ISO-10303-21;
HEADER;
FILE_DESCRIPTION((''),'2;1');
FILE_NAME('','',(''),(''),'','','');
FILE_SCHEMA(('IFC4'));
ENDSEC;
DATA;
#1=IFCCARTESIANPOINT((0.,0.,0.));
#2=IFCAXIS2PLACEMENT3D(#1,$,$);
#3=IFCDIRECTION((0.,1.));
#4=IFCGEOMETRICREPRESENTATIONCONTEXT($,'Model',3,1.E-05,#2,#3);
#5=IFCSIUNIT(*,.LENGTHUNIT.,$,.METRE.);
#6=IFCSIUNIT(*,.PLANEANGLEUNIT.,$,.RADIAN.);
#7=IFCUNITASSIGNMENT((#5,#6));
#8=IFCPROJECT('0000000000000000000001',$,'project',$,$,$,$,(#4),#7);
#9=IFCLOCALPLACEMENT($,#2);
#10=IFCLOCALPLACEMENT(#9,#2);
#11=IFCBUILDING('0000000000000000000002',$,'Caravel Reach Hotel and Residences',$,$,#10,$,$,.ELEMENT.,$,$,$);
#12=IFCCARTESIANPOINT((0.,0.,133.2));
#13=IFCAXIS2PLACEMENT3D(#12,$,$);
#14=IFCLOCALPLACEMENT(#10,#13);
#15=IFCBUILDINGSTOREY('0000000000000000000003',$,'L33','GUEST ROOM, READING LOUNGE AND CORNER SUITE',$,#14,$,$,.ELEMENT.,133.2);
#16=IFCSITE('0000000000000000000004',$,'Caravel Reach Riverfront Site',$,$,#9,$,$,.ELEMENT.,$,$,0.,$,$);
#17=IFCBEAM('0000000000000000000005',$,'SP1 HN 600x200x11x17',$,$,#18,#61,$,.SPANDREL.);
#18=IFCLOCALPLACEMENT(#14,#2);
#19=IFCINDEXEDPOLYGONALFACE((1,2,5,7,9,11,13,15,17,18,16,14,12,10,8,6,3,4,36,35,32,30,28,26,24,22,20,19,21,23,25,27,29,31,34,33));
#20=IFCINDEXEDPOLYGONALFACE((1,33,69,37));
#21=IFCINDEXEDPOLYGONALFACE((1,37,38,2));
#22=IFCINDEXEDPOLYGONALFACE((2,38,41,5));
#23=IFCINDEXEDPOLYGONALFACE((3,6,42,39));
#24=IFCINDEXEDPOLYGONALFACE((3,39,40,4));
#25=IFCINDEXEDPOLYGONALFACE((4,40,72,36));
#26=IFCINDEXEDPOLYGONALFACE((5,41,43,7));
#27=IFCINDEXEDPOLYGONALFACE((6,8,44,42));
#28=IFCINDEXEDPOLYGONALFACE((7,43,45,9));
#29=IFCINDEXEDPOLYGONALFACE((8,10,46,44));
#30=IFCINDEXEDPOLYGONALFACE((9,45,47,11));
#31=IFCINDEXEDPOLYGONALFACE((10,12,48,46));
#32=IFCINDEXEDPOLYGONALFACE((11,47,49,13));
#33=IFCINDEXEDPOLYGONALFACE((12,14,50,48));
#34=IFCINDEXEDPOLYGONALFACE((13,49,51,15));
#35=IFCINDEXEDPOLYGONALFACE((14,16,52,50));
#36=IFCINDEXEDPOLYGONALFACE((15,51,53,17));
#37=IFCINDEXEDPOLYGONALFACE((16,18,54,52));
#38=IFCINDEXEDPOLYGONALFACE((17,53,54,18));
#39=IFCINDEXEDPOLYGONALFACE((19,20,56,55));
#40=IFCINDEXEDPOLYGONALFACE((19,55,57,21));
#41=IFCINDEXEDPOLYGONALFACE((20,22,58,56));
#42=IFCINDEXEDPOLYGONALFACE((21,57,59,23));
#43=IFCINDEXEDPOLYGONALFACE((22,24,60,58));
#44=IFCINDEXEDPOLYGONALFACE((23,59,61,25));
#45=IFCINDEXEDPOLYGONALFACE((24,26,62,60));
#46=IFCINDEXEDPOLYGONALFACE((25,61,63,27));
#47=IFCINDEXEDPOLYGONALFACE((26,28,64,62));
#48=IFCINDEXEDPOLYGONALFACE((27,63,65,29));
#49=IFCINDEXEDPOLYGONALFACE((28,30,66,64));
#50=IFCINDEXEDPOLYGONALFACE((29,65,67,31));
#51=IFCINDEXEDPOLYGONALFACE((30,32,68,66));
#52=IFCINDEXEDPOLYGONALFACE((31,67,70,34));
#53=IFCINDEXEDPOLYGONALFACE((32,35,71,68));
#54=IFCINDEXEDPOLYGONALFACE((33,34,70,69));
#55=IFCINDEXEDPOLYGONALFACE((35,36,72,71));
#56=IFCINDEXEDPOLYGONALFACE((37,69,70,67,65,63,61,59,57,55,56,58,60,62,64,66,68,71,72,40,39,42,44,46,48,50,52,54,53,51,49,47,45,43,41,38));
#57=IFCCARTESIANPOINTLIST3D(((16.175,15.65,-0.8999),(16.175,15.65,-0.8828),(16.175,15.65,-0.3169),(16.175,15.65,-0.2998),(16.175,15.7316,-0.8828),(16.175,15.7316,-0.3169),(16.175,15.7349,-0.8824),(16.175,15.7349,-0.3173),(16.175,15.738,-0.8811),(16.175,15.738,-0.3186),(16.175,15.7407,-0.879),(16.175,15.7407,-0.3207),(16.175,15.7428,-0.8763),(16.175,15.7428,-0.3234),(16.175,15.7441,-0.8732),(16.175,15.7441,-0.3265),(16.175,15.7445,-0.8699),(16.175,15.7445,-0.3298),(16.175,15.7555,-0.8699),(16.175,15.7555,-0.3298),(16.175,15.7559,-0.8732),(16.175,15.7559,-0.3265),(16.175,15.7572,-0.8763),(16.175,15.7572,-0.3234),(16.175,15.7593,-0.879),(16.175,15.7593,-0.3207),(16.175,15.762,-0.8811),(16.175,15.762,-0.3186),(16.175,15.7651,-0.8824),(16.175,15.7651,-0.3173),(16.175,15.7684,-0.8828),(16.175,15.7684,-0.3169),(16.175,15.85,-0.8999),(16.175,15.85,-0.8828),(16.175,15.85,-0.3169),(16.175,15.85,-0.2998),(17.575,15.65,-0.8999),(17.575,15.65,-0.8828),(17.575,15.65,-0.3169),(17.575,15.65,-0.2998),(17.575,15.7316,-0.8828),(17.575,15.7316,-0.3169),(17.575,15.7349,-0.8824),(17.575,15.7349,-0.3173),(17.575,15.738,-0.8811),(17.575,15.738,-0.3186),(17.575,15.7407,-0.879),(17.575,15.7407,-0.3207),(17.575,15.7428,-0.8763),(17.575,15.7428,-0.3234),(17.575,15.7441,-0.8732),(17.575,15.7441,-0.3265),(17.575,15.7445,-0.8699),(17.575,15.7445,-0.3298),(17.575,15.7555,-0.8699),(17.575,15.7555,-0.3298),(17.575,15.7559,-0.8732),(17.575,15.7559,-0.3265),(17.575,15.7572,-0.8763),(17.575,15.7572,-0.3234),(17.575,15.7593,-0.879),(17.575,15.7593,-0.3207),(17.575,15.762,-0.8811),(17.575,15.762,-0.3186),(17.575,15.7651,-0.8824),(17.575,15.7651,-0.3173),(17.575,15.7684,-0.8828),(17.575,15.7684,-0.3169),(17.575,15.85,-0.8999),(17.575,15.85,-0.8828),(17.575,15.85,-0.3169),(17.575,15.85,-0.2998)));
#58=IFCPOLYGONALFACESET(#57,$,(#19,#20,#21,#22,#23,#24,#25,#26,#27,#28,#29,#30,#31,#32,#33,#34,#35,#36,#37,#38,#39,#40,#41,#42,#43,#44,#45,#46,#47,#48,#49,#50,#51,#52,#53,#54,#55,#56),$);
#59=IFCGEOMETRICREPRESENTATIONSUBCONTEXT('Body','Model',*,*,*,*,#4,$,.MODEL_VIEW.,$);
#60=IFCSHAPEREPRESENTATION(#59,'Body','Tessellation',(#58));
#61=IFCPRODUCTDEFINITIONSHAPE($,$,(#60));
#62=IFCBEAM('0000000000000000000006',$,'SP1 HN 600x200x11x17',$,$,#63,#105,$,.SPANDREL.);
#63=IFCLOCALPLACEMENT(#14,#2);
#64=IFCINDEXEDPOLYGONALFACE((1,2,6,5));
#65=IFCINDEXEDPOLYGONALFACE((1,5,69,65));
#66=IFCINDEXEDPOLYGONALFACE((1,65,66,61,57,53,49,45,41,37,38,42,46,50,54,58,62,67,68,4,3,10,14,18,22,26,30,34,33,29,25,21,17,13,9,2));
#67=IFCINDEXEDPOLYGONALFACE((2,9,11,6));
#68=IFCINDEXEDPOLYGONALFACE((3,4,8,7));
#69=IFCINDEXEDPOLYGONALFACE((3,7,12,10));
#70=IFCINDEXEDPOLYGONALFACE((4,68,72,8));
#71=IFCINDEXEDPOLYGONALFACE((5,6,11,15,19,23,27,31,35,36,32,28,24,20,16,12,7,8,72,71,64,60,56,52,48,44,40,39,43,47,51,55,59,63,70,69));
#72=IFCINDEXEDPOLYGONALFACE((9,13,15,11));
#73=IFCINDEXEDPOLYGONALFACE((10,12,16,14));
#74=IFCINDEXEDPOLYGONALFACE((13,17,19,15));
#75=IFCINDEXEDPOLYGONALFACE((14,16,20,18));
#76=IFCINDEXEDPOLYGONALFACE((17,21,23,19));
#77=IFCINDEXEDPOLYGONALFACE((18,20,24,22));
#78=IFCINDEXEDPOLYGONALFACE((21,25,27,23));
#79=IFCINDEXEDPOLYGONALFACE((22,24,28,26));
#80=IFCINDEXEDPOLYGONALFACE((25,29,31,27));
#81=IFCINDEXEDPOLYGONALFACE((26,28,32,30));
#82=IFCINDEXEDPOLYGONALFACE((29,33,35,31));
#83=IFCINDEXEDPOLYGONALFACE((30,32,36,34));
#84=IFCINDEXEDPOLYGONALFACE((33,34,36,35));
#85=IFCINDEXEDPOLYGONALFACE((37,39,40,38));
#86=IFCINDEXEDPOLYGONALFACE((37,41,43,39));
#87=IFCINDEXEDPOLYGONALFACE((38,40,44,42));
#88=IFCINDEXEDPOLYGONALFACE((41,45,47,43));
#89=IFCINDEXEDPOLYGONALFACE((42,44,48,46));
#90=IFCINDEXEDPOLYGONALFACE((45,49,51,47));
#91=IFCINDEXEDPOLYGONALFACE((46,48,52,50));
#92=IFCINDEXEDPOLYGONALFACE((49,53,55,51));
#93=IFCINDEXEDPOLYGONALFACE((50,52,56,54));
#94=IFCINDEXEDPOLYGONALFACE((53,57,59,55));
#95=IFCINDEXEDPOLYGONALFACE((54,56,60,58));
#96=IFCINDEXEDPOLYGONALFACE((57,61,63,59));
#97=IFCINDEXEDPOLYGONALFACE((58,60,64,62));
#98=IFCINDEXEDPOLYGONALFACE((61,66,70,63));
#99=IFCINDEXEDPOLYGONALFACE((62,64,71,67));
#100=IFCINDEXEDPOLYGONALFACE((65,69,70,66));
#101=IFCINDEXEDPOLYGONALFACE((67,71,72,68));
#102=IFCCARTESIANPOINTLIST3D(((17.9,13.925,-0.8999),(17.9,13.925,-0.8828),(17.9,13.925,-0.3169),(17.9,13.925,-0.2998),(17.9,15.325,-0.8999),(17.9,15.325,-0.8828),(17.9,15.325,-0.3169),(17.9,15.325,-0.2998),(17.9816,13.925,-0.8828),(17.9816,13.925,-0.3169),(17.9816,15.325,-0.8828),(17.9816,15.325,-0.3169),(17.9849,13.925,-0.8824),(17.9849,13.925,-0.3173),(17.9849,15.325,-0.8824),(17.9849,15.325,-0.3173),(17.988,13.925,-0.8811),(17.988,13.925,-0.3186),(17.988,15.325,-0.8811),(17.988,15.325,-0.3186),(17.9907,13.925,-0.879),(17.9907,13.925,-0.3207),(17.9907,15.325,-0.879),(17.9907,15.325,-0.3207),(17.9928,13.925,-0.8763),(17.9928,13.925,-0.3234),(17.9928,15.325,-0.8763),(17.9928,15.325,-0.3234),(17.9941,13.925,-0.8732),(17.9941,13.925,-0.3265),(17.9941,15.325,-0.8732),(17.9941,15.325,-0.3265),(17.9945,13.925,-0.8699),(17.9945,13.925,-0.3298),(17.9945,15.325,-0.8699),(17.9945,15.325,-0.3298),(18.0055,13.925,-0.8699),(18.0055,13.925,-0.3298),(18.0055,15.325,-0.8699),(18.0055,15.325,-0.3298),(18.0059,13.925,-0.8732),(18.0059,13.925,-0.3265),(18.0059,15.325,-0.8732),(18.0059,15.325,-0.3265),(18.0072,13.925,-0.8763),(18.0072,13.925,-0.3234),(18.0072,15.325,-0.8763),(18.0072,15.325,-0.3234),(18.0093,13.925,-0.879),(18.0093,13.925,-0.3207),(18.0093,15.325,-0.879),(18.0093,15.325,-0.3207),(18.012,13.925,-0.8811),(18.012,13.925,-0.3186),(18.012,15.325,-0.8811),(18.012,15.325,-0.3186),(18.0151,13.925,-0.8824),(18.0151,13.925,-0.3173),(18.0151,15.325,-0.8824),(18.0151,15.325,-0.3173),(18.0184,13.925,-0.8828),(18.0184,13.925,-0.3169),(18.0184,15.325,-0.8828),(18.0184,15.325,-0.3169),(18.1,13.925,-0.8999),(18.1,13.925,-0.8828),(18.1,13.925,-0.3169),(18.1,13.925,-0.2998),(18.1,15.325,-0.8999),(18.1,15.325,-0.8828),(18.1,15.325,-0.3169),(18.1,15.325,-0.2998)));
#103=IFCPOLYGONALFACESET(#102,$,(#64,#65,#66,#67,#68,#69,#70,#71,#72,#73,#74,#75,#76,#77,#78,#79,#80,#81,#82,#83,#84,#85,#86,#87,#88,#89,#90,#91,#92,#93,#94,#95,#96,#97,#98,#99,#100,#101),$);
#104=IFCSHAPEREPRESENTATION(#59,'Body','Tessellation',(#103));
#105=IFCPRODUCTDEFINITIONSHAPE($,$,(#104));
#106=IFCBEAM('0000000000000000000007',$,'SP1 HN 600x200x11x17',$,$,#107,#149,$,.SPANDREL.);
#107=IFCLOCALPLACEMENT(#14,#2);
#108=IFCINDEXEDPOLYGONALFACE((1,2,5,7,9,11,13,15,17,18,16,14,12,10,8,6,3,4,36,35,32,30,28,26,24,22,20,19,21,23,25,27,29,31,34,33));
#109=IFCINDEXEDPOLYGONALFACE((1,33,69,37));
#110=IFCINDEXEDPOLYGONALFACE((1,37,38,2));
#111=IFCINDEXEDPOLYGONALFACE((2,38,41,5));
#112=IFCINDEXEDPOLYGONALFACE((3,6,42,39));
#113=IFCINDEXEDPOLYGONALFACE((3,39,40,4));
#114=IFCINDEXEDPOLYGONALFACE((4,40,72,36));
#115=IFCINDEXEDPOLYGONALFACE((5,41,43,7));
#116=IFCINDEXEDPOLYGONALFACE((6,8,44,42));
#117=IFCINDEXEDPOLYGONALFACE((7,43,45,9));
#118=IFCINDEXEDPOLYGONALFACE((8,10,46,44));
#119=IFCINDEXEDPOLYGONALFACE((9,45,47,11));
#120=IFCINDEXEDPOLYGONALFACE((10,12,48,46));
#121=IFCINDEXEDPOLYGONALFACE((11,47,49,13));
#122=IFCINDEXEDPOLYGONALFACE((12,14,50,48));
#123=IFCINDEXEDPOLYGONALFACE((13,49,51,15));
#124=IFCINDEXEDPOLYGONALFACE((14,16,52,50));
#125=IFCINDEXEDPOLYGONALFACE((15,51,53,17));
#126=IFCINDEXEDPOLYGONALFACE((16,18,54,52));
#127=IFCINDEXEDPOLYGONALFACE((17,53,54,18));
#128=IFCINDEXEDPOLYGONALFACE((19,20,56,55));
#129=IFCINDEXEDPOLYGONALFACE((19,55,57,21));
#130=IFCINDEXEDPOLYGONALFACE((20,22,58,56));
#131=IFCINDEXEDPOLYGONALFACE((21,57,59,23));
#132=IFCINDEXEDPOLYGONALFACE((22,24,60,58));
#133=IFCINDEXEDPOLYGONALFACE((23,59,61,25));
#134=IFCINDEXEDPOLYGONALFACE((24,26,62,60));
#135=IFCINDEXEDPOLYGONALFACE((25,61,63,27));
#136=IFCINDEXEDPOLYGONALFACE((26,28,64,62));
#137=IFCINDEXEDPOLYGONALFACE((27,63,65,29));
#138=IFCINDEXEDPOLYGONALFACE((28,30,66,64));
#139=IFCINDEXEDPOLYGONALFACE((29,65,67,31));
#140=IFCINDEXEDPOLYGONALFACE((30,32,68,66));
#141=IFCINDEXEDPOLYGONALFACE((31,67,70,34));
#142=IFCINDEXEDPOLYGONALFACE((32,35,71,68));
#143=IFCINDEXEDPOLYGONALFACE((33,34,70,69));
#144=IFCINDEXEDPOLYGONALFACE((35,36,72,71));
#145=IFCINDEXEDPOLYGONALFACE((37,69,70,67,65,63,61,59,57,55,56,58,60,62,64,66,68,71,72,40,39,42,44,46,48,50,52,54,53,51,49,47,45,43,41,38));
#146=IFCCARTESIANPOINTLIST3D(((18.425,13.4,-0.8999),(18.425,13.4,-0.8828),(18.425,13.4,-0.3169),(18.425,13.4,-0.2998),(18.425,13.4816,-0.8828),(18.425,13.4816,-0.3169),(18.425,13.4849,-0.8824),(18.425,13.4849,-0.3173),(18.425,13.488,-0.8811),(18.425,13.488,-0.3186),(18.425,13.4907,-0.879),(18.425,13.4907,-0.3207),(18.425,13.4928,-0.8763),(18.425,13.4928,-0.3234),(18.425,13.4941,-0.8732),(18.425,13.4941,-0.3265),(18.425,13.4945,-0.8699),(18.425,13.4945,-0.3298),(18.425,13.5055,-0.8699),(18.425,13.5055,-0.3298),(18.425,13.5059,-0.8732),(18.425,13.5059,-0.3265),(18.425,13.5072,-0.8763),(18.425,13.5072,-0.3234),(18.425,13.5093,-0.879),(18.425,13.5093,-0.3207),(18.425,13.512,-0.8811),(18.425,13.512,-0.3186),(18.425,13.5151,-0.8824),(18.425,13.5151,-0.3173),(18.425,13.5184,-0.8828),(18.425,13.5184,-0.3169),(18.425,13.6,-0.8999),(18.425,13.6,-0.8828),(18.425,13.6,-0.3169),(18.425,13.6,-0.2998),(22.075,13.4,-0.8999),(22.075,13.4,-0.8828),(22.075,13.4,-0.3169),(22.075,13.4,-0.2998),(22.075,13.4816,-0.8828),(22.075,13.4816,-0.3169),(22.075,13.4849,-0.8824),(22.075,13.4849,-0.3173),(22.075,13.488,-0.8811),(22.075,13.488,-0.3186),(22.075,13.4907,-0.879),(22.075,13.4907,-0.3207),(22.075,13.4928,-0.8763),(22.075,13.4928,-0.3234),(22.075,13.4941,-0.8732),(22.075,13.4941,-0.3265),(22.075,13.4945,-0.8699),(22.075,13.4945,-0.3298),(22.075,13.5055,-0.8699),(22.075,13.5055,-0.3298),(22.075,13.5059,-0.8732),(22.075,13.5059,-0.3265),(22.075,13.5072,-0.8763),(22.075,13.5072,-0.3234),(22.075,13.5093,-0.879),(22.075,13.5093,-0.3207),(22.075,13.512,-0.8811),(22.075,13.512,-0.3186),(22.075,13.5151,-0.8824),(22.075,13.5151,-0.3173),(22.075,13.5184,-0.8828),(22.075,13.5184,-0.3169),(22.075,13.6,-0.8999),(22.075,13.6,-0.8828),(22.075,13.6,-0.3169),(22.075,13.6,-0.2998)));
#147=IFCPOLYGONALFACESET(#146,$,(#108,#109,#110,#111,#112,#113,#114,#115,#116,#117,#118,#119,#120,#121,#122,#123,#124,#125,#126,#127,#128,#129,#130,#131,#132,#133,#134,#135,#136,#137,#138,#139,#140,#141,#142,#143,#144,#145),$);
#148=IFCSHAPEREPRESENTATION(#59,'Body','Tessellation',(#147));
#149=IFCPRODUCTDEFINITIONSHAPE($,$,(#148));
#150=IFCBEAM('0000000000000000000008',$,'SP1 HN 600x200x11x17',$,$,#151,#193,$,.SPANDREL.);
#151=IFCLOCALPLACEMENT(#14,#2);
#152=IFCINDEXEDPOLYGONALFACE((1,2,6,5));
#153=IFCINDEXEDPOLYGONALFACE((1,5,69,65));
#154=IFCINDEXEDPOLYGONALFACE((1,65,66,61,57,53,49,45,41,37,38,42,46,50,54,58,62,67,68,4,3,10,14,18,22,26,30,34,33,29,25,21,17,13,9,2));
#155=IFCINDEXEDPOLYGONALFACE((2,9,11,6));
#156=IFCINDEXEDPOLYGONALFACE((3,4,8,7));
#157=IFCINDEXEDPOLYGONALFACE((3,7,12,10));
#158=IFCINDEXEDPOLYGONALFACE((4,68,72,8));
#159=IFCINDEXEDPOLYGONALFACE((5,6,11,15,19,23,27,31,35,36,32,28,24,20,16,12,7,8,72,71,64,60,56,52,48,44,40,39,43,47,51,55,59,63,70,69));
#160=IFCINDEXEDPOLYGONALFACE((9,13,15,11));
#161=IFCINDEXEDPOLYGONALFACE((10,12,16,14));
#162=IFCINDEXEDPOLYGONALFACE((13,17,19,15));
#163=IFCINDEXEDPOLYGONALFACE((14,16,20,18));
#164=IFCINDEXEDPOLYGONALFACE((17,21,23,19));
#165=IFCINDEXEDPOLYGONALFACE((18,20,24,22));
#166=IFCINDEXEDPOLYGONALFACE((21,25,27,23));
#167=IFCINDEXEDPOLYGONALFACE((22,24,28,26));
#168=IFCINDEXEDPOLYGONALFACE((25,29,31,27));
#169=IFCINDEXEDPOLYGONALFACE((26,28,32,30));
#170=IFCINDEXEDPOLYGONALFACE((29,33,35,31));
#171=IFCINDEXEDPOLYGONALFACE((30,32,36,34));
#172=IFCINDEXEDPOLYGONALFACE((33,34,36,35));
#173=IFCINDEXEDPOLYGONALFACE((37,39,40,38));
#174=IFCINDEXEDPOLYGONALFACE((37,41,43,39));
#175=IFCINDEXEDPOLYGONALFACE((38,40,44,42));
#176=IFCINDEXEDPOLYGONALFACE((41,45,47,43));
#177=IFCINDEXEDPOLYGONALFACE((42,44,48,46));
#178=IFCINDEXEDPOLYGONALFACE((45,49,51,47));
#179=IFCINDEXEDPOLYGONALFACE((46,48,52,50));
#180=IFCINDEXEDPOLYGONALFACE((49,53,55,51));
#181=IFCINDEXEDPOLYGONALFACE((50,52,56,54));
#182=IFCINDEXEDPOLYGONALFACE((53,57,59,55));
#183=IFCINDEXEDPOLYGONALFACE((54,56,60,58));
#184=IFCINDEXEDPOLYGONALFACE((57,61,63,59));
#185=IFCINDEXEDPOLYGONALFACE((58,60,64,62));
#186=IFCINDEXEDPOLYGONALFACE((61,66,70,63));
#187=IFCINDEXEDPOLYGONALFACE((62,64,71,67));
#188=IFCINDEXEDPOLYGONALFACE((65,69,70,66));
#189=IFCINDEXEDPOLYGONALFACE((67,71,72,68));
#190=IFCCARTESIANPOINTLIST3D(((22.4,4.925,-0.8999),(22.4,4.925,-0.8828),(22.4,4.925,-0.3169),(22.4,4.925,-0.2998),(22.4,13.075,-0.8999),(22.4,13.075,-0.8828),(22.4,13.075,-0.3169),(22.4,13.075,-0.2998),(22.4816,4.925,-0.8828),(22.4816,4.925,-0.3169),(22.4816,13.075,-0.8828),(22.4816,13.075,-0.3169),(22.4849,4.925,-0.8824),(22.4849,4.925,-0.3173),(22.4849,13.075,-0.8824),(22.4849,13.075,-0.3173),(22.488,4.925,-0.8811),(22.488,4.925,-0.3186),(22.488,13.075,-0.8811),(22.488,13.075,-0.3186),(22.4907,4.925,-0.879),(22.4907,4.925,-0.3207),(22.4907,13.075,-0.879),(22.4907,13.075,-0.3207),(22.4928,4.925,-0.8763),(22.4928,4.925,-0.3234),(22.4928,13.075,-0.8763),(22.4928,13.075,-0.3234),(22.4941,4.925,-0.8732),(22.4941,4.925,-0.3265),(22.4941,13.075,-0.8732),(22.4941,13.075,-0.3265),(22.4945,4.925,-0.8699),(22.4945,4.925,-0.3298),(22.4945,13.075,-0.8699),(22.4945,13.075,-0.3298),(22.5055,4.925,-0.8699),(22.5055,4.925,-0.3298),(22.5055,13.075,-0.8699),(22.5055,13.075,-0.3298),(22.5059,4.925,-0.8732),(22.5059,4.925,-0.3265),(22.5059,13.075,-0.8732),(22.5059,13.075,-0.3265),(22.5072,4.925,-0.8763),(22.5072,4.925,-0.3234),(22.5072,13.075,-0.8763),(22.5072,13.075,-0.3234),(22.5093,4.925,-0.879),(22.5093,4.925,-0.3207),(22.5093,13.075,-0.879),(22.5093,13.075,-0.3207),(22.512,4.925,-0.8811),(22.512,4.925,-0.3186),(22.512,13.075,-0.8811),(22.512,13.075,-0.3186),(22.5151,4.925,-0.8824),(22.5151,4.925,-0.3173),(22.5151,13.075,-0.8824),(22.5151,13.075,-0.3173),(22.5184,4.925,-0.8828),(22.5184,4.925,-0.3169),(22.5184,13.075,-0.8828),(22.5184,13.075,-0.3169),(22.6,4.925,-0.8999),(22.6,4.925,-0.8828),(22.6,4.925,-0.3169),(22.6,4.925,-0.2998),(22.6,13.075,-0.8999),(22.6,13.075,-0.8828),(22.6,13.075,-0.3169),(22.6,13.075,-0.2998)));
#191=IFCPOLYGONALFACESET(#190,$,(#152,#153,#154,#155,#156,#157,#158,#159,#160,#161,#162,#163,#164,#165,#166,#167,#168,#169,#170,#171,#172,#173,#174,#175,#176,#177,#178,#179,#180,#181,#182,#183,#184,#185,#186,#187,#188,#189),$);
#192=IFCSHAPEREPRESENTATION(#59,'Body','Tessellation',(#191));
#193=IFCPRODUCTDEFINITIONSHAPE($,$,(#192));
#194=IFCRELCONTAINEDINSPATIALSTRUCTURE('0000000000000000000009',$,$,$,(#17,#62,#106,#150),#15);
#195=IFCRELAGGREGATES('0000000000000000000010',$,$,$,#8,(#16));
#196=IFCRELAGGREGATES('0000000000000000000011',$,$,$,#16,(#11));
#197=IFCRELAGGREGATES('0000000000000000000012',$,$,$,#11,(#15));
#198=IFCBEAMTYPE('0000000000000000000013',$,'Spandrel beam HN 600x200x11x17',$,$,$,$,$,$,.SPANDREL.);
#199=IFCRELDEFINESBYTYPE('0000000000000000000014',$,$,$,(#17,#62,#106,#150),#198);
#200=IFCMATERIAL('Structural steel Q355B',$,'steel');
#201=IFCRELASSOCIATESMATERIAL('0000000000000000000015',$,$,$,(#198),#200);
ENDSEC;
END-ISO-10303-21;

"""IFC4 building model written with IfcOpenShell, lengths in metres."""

from ifc_helpers import new_model, si_unit, direction, frame, origin, origin_2d, place, context, subcontext, project, spatial, i_section, extrude, material, material_profile, profile_set, type_object, element, save


model = new_model("IFC4")

# Units and contexts
model_context = context("Model", 3, precision=1e-05, world=origin(), true_north=direction((0.0, 1.0)))
body_context = subcontext(model_context, "Body", "Model", "MODEL_VIEW")
ifc_project = project(units=[si_unit("LENGTHUNIT", "METRE"), si_unit("PLANEANGLEUNIT", "RADIAN")], contexts=[model_context])

# Site, building, storey
site_placement = place(None, origin())
site = spatial("IfcSite", under=ifc_project, at=site_placement, Name="Caravel Reach Riverfront Site", CompositionType="ELEMENT", RefElevation=0.0)
building_placement = place(site_placement, origin())
building = spatial("IfcBuilding", under=site, at=building_placement, Name="Caravel Reach Hotel and Residences", CompositionType="ELEMENT")
storey_placement = place(building_placement, frame((0.0, 0.0, 133.2)))
storey = spatial("IfcBuildingStorey", under=building, at=storey_placement, Name="L33", Description="GUEST ROOM, READING LOUNGE AND CORNER SUITE", CompositionType="ELEMENT", Elevation=133.2)

# Beams
ifc_material_1 = material(Name="Structural steel Q355B", Category="steel")
ifc_material_profile_1 = material_profile(ifc_material_1, i_section(OverallWidth=0.2, OverallDepth=0.6001, WebThickness=0.011, FlangeThickness=0.0171, FilletRadius=0.0129, at=origin_2d()), Name="HN 600x200x11x17")
ifc_profile_set_1 = profile_set([ifc_material_profile_1], Name="Structural steel Q355B")
beam_type_1 = type_object("IfcBeamType", Name="Spandrel beam HN 600x200x11x17", PredefinedType="SPANDREL", material=ifc_profile_set_1)
for number, where, z_axis, x_axis, name in (
    (1, (16.175, 15.75, -0.5999), (1.0, 0.0, 0.0), (0.0, 1.0, 0.0), "SP1 HN 600x200x11x17"),
    (2, (18.0, 15.325, -0.5999), (0.0, -1.0, 0.0), (1.0, 0.0, 0.0), "SP1 HN 600x200x11x17"),
):
    element("IfcBeam", number, at=place(storey_placement, frame(where, z_axis=z_axis, x_axis=x_axis)), inside=storey, type_object=beam_type_1, Name=name, PredefinedType="SPANDREL", context=body_context, shape_type="SweptSolid", body=[
        extrude(i_section(OverallWidth=0.2, OverallDepth=0.6001, WebThickness=0.011, FlangeThickness=0.0171, FilletRadius=0.0129, at=origin_2d()), origin(), (0.0, 0.0, 1.0), 1.3999),
    ])
beam_1_placement = place(storey_placement, frame((18.425, 13.5, -0.5999), z_axis=(1.0, 0.0, 0.0), x_axis=(0.0, 1.0, 0.0)))
element("IfcBeam", 3, at=beam_1_placement, inside=storey, type_object=beam_type_1, Name="SP1 HN 600x200x11x17", PredefinedType="SPANDREL", context=body_context, shape_type="SweptSolid", body=[
    extrude(i_section(OverallWidth=0.2, OverallDepth=0.6001, WebThickness=0.011, FlangeThickness=0.0171, FilletRadius=0.0129, at=origin_2d()), origin(), (0.0, 0.0, 1.0), 3.6499),
])
beam_2_placement = place(storey_placement, frame((22.5, 13.075, -0.5999), z_axis=(0.0, -1.0, 0.0), x_axis=(1.0, 0.0, 0.0)))
element("IfcBeam", 4, at=beam_2_placement, inside=storey, type_object=beam_type_1, Name="SP1 HN 600x200x11x17", PredefinedType="SPANDREL", context=body_context, shape_type="SweptSolid", body=[
    extrude(i_section(OverallWidth=0.2, OverallDepth=0.6001, WebThickness=0.011, FlangeThickness=0.0171, FilletRadius=0.0129, at=origin_2d()), origin(), (0.0, 0.0, 1.0), 8.1499),
])

save(model, "model.ifc")
